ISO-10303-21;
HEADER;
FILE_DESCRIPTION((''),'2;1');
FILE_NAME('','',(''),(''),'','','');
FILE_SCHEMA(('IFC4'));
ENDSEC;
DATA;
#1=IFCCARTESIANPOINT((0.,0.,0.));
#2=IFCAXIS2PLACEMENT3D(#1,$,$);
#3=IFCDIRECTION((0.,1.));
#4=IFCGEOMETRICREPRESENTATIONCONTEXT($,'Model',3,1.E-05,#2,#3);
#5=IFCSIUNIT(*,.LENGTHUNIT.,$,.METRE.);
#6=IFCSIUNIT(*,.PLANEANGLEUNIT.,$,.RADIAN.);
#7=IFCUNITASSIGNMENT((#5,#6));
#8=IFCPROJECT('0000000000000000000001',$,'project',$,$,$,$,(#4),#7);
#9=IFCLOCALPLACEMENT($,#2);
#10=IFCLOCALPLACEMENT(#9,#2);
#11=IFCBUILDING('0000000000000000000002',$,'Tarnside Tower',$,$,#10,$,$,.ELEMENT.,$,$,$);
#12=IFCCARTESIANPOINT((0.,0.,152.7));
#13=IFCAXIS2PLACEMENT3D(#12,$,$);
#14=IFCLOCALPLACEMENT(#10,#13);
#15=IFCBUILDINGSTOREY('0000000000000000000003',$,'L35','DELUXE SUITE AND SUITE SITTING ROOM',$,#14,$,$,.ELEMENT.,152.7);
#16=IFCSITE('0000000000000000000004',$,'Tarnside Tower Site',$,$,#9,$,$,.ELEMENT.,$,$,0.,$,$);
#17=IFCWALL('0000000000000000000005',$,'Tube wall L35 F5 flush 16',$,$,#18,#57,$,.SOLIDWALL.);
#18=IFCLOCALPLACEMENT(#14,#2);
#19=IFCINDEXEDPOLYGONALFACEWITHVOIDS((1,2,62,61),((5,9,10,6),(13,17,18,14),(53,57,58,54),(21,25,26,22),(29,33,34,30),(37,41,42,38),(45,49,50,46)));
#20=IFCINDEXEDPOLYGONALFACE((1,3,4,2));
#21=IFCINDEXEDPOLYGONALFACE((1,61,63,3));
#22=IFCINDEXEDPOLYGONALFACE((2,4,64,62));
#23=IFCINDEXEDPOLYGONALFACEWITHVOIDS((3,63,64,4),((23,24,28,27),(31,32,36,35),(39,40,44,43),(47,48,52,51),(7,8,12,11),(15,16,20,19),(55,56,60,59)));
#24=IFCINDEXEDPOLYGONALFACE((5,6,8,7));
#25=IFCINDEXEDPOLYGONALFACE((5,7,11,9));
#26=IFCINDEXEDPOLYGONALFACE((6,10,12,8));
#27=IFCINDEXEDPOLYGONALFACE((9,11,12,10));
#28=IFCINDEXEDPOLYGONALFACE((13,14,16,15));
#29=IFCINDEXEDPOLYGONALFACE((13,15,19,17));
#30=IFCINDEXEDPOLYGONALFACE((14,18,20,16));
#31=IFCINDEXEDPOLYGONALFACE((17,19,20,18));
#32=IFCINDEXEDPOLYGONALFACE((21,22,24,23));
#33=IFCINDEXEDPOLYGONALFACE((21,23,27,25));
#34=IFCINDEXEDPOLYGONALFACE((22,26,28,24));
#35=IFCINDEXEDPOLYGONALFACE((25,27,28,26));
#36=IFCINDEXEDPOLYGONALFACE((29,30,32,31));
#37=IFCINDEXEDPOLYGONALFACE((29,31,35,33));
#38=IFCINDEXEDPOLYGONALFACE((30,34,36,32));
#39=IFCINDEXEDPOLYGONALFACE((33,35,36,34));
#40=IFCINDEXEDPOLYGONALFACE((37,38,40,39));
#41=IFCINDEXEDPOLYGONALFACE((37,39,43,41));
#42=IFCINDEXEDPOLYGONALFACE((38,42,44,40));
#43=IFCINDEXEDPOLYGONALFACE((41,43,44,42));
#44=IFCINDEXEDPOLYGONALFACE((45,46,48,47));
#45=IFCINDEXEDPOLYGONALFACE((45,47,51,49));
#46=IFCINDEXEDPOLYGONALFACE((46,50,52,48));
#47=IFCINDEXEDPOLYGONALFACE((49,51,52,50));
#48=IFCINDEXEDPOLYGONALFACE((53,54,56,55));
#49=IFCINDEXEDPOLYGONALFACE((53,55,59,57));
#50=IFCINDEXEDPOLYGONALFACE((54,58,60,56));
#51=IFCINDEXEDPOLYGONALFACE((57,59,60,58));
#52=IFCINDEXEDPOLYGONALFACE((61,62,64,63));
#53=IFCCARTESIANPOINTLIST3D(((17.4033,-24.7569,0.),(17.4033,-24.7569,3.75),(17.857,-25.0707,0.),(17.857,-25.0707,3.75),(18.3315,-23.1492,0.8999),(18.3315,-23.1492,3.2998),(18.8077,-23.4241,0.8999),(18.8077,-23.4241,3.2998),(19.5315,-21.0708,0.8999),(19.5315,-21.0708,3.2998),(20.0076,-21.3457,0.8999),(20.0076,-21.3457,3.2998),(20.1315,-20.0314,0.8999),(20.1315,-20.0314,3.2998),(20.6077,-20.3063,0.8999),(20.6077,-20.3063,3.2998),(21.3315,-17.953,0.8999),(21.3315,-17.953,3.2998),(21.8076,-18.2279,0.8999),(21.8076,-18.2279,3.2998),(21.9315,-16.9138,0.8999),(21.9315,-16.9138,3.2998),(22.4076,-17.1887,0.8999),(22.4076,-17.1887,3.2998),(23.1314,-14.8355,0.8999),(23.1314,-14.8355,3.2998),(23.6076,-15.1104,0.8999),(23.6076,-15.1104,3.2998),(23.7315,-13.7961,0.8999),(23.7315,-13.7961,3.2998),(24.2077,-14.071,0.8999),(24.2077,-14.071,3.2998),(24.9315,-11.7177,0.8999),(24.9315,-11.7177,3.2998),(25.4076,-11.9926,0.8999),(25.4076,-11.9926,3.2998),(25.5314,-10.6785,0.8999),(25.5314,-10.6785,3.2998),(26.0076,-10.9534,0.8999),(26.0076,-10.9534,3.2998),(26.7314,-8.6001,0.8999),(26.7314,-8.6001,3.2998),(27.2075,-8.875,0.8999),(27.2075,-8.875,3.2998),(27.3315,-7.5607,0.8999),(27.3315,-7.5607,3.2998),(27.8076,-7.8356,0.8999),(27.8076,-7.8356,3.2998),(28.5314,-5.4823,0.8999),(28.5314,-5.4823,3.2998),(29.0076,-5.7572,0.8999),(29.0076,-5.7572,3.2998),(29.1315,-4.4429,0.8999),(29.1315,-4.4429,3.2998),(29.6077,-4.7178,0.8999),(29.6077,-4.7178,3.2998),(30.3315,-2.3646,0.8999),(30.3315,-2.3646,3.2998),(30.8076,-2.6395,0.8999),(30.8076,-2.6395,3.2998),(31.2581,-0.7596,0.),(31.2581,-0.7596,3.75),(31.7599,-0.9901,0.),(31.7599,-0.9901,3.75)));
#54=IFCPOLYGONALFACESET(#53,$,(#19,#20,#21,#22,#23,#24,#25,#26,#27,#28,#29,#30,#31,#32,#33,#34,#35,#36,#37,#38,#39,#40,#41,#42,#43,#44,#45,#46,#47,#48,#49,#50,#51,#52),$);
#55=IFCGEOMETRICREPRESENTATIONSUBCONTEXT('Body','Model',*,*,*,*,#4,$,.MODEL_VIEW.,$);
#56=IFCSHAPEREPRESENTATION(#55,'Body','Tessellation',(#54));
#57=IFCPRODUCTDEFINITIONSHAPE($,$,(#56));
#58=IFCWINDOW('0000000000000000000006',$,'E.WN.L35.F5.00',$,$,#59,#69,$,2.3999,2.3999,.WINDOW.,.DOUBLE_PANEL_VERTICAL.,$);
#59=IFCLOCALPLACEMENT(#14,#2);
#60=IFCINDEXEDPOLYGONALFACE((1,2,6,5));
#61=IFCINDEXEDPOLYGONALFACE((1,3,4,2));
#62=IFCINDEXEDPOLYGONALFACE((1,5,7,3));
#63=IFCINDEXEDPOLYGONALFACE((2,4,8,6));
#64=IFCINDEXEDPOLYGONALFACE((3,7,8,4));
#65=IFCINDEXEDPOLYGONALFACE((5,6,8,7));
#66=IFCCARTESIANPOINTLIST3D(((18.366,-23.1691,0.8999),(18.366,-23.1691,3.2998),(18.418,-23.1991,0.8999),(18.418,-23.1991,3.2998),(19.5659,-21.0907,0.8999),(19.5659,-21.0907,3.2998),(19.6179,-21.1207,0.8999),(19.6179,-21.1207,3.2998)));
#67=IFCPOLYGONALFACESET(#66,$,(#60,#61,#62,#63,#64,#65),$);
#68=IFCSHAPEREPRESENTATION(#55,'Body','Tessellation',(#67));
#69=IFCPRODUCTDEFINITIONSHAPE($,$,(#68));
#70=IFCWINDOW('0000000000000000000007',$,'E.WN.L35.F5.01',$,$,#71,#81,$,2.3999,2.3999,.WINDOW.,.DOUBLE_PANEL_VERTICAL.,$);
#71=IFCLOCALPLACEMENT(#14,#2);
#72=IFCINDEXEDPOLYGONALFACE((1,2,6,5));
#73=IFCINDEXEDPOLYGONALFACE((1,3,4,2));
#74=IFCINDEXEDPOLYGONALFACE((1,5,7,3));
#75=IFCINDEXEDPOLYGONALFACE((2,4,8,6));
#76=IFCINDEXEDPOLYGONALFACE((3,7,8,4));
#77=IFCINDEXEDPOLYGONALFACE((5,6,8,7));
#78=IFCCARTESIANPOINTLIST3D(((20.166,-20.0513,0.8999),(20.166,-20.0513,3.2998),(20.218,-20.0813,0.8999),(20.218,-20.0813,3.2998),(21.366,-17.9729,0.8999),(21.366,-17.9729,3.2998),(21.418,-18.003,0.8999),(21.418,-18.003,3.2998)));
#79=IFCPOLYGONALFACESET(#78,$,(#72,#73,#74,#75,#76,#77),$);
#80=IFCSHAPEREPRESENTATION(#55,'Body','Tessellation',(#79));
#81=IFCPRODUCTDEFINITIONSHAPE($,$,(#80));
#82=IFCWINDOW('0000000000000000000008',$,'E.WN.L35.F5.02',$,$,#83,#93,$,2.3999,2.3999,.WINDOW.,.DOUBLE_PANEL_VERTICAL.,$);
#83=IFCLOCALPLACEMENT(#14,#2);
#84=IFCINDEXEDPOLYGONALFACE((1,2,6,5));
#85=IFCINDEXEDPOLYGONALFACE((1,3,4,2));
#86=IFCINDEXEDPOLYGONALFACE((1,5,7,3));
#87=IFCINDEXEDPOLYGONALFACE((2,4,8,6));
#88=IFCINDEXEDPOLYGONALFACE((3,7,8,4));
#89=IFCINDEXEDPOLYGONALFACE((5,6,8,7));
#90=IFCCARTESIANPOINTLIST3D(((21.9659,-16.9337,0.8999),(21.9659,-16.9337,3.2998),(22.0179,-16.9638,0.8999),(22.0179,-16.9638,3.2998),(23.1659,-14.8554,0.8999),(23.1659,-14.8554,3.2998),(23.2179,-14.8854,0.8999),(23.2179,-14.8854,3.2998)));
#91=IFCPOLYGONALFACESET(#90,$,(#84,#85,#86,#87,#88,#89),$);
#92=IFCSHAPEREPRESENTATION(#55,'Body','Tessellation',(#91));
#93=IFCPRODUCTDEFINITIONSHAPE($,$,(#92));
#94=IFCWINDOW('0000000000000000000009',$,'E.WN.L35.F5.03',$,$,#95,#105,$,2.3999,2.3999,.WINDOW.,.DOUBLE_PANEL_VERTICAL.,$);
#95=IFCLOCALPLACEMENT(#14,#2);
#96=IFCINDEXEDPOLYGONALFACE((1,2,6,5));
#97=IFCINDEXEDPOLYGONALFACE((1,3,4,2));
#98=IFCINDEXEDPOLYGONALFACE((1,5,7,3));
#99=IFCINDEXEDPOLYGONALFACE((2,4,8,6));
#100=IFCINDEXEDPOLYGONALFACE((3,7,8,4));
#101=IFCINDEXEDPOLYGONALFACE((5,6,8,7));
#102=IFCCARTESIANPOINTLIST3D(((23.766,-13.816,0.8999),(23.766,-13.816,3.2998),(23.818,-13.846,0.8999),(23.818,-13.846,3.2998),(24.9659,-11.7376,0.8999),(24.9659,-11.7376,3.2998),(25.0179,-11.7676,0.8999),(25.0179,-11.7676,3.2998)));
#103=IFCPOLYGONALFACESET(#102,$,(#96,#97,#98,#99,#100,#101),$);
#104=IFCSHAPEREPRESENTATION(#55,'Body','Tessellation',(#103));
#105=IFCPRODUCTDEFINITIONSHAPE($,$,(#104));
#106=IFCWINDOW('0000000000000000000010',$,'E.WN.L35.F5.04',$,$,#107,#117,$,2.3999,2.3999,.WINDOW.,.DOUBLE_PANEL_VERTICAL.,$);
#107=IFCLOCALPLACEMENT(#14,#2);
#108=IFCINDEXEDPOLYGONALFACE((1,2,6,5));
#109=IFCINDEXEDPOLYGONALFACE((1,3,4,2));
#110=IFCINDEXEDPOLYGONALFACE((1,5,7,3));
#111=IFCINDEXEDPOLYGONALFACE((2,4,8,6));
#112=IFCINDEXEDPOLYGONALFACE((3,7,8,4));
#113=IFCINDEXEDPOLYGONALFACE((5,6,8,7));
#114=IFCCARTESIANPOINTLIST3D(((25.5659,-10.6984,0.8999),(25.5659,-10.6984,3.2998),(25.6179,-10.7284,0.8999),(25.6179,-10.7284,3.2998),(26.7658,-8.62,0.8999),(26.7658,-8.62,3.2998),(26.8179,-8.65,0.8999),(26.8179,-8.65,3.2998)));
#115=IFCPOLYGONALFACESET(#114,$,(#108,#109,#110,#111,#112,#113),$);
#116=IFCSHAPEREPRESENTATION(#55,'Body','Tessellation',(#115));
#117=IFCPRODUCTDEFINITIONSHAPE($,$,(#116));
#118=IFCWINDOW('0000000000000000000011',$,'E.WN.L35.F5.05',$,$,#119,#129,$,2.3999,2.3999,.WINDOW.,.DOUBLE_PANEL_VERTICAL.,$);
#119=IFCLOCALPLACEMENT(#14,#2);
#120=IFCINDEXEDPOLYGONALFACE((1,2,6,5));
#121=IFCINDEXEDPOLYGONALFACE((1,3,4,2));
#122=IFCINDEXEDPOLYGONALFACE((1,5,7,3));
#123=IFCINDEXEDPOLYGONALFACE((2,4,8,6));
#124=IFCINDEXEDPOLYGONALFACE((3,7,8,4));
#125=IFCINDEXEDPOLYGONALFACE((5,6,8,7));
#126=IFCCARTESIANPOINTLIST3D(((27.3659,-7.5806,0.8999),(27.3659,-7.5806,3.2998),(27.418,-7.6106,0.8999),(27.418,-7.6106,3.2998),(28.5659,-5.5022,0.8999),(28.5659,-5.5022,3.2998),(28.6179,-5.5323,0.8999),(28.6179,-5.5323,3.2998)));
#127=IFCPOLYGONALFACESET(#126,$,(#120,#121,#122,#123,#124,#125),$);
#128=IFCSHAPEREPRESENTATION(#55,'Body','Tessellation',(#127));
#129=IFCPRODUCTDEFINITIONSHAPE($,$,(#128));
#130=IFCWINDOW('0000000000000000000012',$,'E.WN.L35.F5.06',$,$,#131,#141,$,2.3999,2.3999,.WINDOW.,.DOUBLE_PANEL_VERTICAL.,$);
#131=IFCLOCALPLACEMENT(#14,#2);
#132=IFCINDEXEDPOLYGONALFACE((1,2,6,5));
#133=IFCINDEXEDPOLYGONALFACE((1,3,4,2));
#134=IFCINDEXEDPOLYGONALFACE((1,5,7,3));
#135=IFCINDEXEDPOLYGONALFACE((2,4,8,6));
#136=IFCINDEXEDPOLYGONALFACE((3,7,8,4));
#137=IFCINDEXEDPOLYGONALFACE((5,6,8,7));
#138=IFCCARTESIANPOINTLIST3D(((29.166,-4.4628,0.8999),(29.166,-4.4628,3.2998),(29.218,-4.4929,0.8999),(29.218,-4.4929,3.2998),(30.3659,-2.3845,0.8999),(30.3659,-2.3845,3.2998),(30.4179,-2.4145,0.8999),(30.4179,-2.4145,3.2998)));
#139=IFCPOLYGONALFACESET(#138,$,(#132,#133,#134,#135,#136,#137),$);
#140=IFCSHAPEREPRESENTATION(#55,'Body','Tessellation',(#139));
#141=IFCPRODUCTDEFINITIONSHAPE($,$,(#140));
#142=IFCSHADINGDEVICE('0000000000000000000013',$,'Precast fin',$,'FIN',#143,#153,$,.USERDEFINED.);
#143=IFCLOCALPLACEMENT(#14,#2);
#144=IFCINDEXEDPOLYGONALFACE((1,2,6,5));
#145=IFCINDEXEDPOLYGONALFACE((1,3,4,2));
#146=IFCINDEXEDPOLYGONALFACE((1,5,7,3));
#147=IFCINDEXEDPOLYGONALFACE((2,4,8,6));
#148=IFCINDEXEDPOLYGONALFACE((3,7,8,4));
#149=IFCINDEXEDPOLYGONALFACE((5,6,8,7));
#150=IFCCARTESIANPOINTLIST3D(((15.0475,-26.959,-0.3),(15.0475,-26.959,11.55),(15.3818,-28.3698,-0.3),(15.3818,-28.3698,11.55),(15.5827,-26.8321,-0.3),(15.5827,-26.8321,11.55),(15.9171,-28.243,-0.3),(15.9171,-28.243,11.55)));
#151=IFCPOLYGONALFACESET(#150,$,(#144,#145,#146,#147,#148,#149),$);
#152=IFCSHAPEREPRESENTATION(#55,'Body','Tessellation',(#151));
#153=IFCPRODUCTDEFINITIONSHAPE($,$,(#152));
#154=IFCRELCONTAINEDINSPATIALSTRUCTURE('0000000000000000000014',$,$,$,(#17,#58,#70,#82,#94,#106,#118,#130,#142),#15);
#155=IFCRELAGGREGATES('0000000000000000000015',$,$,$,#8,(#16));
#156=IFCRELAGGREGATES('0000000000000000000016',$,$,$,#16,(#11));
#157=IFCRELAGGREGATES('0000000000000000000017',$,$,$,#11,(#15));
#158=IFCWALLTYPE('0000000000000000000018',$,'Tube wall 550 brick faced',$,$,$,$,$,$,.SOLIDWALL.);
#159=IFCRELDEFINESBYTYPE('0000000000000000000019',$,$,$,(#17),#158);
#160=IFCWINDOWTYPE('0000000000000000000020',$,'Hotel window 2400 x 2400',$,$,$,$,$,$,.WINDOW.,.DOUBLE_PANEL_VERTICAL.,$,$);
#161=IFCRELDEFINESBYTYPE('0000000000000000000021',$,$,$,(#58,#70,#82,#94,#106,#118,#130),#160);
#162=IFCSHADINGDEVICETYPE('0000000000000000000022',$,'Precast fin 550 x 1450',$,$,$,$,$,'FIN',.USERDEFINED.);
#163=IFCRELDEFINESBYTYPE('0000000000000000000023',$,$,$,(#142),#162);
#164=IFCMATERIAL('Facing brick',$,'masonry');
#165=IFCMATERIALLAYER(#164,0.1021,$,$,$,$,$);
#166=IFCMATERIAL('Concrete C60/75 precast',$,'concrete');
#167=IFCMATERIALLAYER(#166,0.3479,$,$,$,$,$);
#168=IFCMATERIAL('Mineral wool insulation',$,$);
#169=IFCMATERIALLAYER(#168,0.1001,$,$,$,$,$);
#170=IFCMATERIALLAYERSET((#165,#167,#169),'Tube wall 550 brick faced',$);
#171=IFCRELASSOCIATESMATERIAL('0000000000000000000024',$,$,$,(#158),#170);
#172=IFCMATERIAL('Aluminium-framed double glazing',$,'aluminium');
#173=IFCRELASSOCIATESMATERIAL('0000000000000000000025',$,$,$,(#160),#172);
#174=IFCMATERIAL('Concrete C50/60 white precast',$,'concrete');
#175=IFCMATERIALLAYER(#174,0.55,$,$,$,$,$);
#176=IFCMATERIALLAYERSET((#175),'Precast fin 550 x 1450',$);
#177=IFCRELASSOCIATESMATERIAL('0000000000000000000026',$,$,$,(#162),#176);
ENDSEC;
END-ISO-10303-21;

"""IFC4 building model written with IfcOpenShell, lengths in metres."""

from ifc_helpers import new_model, si_unit, direction, frame, frame_2d, origin, place, context, subcontext, project, spatial, polyline, rectangle, outline, extrude, material, layer, layer_set, type_object, element, fill, save


model = new_model("IFC4")

# Units and contexts
model_context = context("Model", 3, precision=1e-05, world=origin(), true_north=direction((0.0, 1.0)))
body_context = subcontext(model_context, "Body", "Model", "MODEL_VIEW")
ifc_project = project(units=[si_unit("LENGTHUNIT", "METRE"), si_unit("PLANEANGLEUNIT", "RADIAN")], contexts=[model_context])

# Site, building, storey
site_placement = place(None, origin())
site = spatial("IfcSite", under=ifc_project, at=site_placement, Name="Tarnside Tower Site", CompositionType="ELEMENT", RefElevation=0.0)
building_placement = place(site_placement, origin())
building = spatial("IfcBuilding", under=site, at=building_placement, Name="Tarnside Tower", CompositionType="ELEMENT")
storey_placement = place(building_placement, frame((0.0, 0.0, 152.7)))
storey = spatial("IfcBuildingStorey", under=building, at=storey_placement, Name="L35", Description="DELUXE SUITE AND SUITE SITTING ROOM", CompositionType="ELEMENT", Elevation=152.7)

# Shared definitions
ifc_material_1 = material(Name="Facing brick", Category="masonry")
ifc_layer_1 = layer(ifc_material_1, 0.1021)
ifc_material_2 = material(Name="Concrete C60/75 precast", Category="concrete")
ifc_layer_2 = layer(ifc_material_2, 0.3479)
ifc_material_3 = material(Name="Mineral wool insulation")
ifc_layer_3 = layer(ifc_material_3, 0.1001)
ifc_layer_set_1 = layer_set([ifc_layer_1, ifc_layer_2, ifc_layer_3], Name="Tube wall 550 brick faced")
wall_type_1 = type_object("IfcWallType", Name="Tube wall 550 brick faced", PredefinedType="SOLIDWALL", material=ifc_layer_set_1)

# Wall, openings, windows
wall_1_placement = place(storey_placement, frame((17.6301, -24.9138, 0.0), z_axis=(0.0, 0.0, 1.0), x_axis=(0.499999, 0.866026, 0.0)))
wall_1 = element("IfcWall", 1, at=wall_1_placement, inside=storey, type_object=wall_type_1, Name="Tube wall L35 F5 flush 16", PredefinedType="SOLIDWALL", context=body_context, shape_type="SweptSolid", body=[
    extrude(outline(polyline([(-0.0225, -0.2749), (27.7834, -0.2749), (27.7322, 0.2749), (0.0225, 0.2749), (-0.0225, -0.2749)])), origin(), (0.0, 0.0, 1.0), 3.75),
])
opening_1_placement = place(wall_1_placement, frame((1.8789, 0.0, 0.8999)))
opening_1 = element("IfcOpeningElement", 2, at=opening_1_placement, cuts=wall_1, PredefinedType="OPENING", context=body_context, shape_type="SweptSolid", body=[
    extrude(rectangle(XDim=2.3999, YDim=2.3999, at=frame_2d((1.2, 1.2))), frame((0.0, 0.2852, 0.0), z_axis=(0.0, -1.0, 0.0), x_axis=(1.0, 0.0, 0.0)), (0.0, 0.0, 1.0), 0.5701),
])
opening_2_placement = place(wall_1_placement, frame((5.479, 0.0, 0.8999)))
opening_2 = element("IfcOpeningElement", 3, at=opening_2_placement, cuts=wall_1, PredefinedType="OPENING", context=body_context, shape_type="SweptSolid", body=[
    extrude(rectangle(XDim=2.3999, YDim=2.3999, at=frame_2d((1.2, 1.2))), frame((0.0, 0.2852, 0.0), z_axis=(0.0, -1.0, 0.0), x_axis=(1.0, 0.0, 0.0)), (0.0, 0.0, 1.0), 0.5701),
])
opening_3_placement = place(wall_1_placement, frame((9.0789, 0.0, 0.8999)))
opening_3 = element("IfcOpeningElement", 4, at=opening_3_placement, cuts=wall_1, PredefinedType="OPENING", context=body_context, shape_type="SweptSolid", body=[
    extrude(rectangle(XDim=2.3999, YDim=2.3999, at=frame_2d((1.2, 1.2))), frame((0.0, 0.2852, 0.0), z_axis=(0.0, -1.0, 0.0), x_axis=(1.0, 0.0, 0.0)), (0.0, 0.0, 1.0), 0.5701),
])
opening_4_placement = place(wall_1_placement, frame((12.679, 0.0, 0.8999)))
opening_4 = element("IfcOpeningElement", 5, at=opening_4_placement, cuts=wall_1, PredefinedType="OPENING", context=body_context, shape_type="SweptSolid", body=[
    extrude(rectangle(XDim=2.3999, YDim=2.3999, at=frame_2d((1.2, 1.2))), frame((0.0, 0.2852, 0.0), z_axis=(0.0, -1.0, 0.0), x_axis=(1.0, 0.0, 0.0)), (0.0, 0.0, 1.0), 0.5701),
])
opening_5_placement = place(wall_1_placement, frame((16.2788, 0.0, 0.8999)))
opening_5 = element("IfcOpeningElement", 6, at=opening_5_placement, cuts=wall_1, PredefinedType="OPENING", context=body_context, shape_type="SweptSolid", body=[
    extrude(rectangle(XDim=2.3999, YDim=2.3999, at=frame_2d((1.2, 1.2))), frame((0.0, 0.2852, 0.0), z_axis=(0.0, -1.0, 0.0), x_axis=(1.0, 0.0, 0.0)), (0.0, 0.0, 1.0), 0.5701),
])
opening_6_placement = place(wall_1_placement, frame((19.8789, 0.0, 0.8999)))
opening_6 = element("IfcOpeningElement", 7, at=opening_6_placement, cuts=wall_1, PredefinedType="OPENING", context=body_context, shape_type="SweptSolid", body=[
    extrude(rectangle(XDim=2.3999, YDim=2.3999, at=frame_2d((1.2, 1.2))), frame((0.0, 0.2852, 0.0), z_axis=(0.0, -1.0, 0.0), x_axis=(1.0, 0.0, 0.0)), (0.0, 0.0, 1.0), 0.5701),
])
opening_7_placement = place(wall_1_placement, frame((23.479, 0.0, 0.8999)))
opening_7 = element("IfcOpeningElement", 8, at=opening_7_placement, cuts=wall_1, PredefinedType="OPENING", context=body_context, shape_type="SweptSolid", body=[
    extrude(rectangle(XDim=2.3999, YDim=2.3999, at=frame_2d((1.2, 1.2))), frame((0.0, 0.2852, 0.0), z_axis=(0.0, -1.0, 0.0), x_axis=(1.0, 0.0, 0.0)), (0.0, 0.0, 1.0), 0.5701),
])
ifc_material_4 = material(Name="Aluminium-framed double glazing", Category="aluminium")
window_type = type_object("IfcWindowType", Name="Hotel window 2400 x 2400", PartitioningType="DOUBLE_PANEL_VERTICAL", PredefinedType="WINDOW", material=ifc_material_4)
window_1_placement = place(opening_1_placement, frame((0.0, 0.2051, 0.0)))
window_1 = element("IfcWindow", 9, at=window_1_placement, inside=storey, type_object=window_type, Name="E.WN.L35.F5.00", OverallHeight=2.3999, OverallWidth=2.3999, PartitioningType="DOUBLE_PANEL_VERTICAL", PredefinedType="WINDOW", context=body_context, shape_type="SweptSolid", body=[
    extrude(rectangle(XDim=2.3999, YDim=2.3999, at=frame_2d((1.2, 1.2))), frame((0.0, 0.03, 0.0), z_axis=(0.0, -1.0, 0.0), x_axis=(1.0, 0.0, 0.0)), (0.0, 0.0, 1.0), 0.0601),
])
fill(opening_1, window_1)
window_2_placement = place(opening_2_placement, frame((0.0, 0.2051, 0.0)))
window_2 = element("IfcWindow", 10, at=window_2_placement, inside=storey, type_object=window_type, Name="E.WN.L35.F5.01", OverallHeight=2.3999, OverallWidth=2.3999, PartitioningType="DOUBLE_PANEL_VERTICAL", PredefinedType="WINDOW", context=body_context, shape_type="SweptSolid", body=[
    extrude(rectangle(XDim=2.3999, YDim=2.3999, at=frame_2d((1.2, 1.2))), frame((0.0, 0.03, 0.0), z_axis=(0.0, -1.0, 0.0), x_axis=(1.0, 0.0, 0.0)), (0.0, 0.0, 1.0), 0.0601),
])
fill(opening_2, window_2)
window_3_placement = place(opening_3_placement, frame((0.0, 0.2051, 0.0)))
window_3 = element("IfcWindow", 11, at=window_3_placement, inside=storey, type_object=window_type, Name="E.WN.L35.F5.02", OverallHeight=2.3999, OverallWidth=2.3999, PartitioningType="DOUBLE_PANEL_VERTICAL", PredefinedType="WINDOW", context=body_context, shape_type="SweptSolid", body=[
    extrude(rectangle(XDim=2.3999, YDim=2.3999, at=frame_2d((1.2, 1.2))), frame((0.0, 0.03, 0.0), z_axis=(0.0, -1.0, 0.0), x_axis=(1.0, 0.0, 0.0)), (0.0, 0.0, 1.0), 0.0601),
])
fill(opening_3, window_3)
window_4_placement = place(opening_4_placement, frame((0.0, 0.2051, 0.0)))
window_4 = element("IfcWindow", 12, at=window_4_placement, inside=storey, type_object=window_type, Name="E.WN.L35.F5.03", OverallHeight=2.3999, OverallWidth=2.3999, PartitioningType="DOUBLE_PANEL_VERTICAL", PredefinedType="WINDOW", context=body_context, shape_type="SweptSolid", body=[
    extrude(rectangle(XDim=2.3999, YDim=2.3999, at=frame_2d((1.2, 1.2))), frame((0.0, 0.03, 0.0), z_axis=(0.0, -1.0, 0.0), x_axis=(1.0, 0.0, 0.0)), (0.0, 0.0, 1.0), 0.0601),
])
fill(opening_4, window_4)
window_5_placement = place(opening_5_placement, frame((0.0, 0.2051, 0.0)))
window_5 = element("IfcWindow", 13, at=window_5_placement, inside=storey, type_object=window_type, Name="E.WN.L35.F5.04", OverallHeight=2.3999, OverallWidth=2.3999, PartitioningType="DOUBLE_PANEL_VERTICAL", PredefinedType="WINDOW", context=body_context, shape_type="SweptSolid", body=[
    extrude(rectangle(XDim=2.3999, YDim=2.3999, at=frame_2d((1.2, 1.2))), frame((0.0, 0.03, 0.0), z_axis=(0.0, -1.0, 0.0), x_axis=(1.0, 0.0, 0.0)), (0.0, 0.0, 1.0), 0.0601),
])
fill(opening_5, window_5)
window_6_placement = place(opening_6_placement, frame((0.0, 0.2051, 0.0)))
window_6 = element("IfcWindow", 14, at=window_6_placement, inside=storey, type_object=window_type, Name="E.WN.L35.F5.05", OverallHeight=2.3999, OverallWidth=2.3999, PartitioningType="DOUBLE_PANEL_VERTICAL", PredefinedType="WINDOW", context=body_context, shape_type="SweptSolid", body=[
    extrude(rectangle(XDim=2.3999, YDim=2.3999, at=frame_2d((1.2, 1.2))), frame((0.0, 0.03, 0.0), z_axis=(0.0, -1.0, 0.0), x_axis=(1.0, 0.0, 0.0)), (0.0, 0.0, 1.0), 0.0601),
])
fill(opening_6, window_6)
window_7_placement = place(opening_7_placement, frame((0.0, 0.2051, 0.0)))
window_7 = element("IfcWindow", 15, at=window_7_placement, inside=storey, type_object=window_type, Name="E.WN.L35.F5.06", OverallHeight=2.3999, OverallWidth=2.3999, PartitioningType="DOUBLE_PANEL_VERTICAL", PredefinedType="WINDOW", context=body_context, shape_type="SweptSolid", body=[
    extrude(rectangle(XDim=2.3999, YDim=2.3999, at=frame_2d((1.2, 1.2))), frame((0.0, 0.03, 0.0), z_axis=(0.0, -1.0, 0.0), x_axis=(1.0, 0.0, 0.0)), (0.0, 0.0, 1.0), 0.0601),
])
fill(opening_7, window_7)

# Shading device
ifc_material_5 = material(Name="Concrete C50/60 white precast", Category="concrete")
ifc_layer_4 = layer(ifc_material_5, 0.55)
ifc_layer_set_2 = layer_set([ifc_layer_4], Name="Precast fin 550 x 1450")
shading_device_type_1 = type_object("IfcShadingDeviceType", Name="Precast fin 550 x 1450", ElementType="FIN", PredefinedType="USERDEFINED", material=ifc_layer_set_2)
for number, where, z_axis, x_axis, name in (
    (16, (15.3152, -26.8955, -0.3), (-0.973045, -0.230616, 0.0), (0.230616, -0.973045, 0.0), "Precast fin"),
):
    element("IfcShadingDevice", number, at=place(storey_placement, frame(where, z_axis=z_axis, x_axis=x_axis)), inside=storey, type_object=shading_device_type_1, Name=name, ObjectType="FIN", PredefinedType="USERDEFINED", context=body_context, shape_type="SweptSolid", body=[
        extrude(outline(polyline([(0.0, 0.0), (1.45, 0.0), (1.45, 11.8501), (0.0, 11.8501), (0.0, 0.0)])), frame((0.0, 0.0, -0.2749)), (0.0, 0.0, 1.0), 0.55),
    ])

save(model, "model.ifc")
